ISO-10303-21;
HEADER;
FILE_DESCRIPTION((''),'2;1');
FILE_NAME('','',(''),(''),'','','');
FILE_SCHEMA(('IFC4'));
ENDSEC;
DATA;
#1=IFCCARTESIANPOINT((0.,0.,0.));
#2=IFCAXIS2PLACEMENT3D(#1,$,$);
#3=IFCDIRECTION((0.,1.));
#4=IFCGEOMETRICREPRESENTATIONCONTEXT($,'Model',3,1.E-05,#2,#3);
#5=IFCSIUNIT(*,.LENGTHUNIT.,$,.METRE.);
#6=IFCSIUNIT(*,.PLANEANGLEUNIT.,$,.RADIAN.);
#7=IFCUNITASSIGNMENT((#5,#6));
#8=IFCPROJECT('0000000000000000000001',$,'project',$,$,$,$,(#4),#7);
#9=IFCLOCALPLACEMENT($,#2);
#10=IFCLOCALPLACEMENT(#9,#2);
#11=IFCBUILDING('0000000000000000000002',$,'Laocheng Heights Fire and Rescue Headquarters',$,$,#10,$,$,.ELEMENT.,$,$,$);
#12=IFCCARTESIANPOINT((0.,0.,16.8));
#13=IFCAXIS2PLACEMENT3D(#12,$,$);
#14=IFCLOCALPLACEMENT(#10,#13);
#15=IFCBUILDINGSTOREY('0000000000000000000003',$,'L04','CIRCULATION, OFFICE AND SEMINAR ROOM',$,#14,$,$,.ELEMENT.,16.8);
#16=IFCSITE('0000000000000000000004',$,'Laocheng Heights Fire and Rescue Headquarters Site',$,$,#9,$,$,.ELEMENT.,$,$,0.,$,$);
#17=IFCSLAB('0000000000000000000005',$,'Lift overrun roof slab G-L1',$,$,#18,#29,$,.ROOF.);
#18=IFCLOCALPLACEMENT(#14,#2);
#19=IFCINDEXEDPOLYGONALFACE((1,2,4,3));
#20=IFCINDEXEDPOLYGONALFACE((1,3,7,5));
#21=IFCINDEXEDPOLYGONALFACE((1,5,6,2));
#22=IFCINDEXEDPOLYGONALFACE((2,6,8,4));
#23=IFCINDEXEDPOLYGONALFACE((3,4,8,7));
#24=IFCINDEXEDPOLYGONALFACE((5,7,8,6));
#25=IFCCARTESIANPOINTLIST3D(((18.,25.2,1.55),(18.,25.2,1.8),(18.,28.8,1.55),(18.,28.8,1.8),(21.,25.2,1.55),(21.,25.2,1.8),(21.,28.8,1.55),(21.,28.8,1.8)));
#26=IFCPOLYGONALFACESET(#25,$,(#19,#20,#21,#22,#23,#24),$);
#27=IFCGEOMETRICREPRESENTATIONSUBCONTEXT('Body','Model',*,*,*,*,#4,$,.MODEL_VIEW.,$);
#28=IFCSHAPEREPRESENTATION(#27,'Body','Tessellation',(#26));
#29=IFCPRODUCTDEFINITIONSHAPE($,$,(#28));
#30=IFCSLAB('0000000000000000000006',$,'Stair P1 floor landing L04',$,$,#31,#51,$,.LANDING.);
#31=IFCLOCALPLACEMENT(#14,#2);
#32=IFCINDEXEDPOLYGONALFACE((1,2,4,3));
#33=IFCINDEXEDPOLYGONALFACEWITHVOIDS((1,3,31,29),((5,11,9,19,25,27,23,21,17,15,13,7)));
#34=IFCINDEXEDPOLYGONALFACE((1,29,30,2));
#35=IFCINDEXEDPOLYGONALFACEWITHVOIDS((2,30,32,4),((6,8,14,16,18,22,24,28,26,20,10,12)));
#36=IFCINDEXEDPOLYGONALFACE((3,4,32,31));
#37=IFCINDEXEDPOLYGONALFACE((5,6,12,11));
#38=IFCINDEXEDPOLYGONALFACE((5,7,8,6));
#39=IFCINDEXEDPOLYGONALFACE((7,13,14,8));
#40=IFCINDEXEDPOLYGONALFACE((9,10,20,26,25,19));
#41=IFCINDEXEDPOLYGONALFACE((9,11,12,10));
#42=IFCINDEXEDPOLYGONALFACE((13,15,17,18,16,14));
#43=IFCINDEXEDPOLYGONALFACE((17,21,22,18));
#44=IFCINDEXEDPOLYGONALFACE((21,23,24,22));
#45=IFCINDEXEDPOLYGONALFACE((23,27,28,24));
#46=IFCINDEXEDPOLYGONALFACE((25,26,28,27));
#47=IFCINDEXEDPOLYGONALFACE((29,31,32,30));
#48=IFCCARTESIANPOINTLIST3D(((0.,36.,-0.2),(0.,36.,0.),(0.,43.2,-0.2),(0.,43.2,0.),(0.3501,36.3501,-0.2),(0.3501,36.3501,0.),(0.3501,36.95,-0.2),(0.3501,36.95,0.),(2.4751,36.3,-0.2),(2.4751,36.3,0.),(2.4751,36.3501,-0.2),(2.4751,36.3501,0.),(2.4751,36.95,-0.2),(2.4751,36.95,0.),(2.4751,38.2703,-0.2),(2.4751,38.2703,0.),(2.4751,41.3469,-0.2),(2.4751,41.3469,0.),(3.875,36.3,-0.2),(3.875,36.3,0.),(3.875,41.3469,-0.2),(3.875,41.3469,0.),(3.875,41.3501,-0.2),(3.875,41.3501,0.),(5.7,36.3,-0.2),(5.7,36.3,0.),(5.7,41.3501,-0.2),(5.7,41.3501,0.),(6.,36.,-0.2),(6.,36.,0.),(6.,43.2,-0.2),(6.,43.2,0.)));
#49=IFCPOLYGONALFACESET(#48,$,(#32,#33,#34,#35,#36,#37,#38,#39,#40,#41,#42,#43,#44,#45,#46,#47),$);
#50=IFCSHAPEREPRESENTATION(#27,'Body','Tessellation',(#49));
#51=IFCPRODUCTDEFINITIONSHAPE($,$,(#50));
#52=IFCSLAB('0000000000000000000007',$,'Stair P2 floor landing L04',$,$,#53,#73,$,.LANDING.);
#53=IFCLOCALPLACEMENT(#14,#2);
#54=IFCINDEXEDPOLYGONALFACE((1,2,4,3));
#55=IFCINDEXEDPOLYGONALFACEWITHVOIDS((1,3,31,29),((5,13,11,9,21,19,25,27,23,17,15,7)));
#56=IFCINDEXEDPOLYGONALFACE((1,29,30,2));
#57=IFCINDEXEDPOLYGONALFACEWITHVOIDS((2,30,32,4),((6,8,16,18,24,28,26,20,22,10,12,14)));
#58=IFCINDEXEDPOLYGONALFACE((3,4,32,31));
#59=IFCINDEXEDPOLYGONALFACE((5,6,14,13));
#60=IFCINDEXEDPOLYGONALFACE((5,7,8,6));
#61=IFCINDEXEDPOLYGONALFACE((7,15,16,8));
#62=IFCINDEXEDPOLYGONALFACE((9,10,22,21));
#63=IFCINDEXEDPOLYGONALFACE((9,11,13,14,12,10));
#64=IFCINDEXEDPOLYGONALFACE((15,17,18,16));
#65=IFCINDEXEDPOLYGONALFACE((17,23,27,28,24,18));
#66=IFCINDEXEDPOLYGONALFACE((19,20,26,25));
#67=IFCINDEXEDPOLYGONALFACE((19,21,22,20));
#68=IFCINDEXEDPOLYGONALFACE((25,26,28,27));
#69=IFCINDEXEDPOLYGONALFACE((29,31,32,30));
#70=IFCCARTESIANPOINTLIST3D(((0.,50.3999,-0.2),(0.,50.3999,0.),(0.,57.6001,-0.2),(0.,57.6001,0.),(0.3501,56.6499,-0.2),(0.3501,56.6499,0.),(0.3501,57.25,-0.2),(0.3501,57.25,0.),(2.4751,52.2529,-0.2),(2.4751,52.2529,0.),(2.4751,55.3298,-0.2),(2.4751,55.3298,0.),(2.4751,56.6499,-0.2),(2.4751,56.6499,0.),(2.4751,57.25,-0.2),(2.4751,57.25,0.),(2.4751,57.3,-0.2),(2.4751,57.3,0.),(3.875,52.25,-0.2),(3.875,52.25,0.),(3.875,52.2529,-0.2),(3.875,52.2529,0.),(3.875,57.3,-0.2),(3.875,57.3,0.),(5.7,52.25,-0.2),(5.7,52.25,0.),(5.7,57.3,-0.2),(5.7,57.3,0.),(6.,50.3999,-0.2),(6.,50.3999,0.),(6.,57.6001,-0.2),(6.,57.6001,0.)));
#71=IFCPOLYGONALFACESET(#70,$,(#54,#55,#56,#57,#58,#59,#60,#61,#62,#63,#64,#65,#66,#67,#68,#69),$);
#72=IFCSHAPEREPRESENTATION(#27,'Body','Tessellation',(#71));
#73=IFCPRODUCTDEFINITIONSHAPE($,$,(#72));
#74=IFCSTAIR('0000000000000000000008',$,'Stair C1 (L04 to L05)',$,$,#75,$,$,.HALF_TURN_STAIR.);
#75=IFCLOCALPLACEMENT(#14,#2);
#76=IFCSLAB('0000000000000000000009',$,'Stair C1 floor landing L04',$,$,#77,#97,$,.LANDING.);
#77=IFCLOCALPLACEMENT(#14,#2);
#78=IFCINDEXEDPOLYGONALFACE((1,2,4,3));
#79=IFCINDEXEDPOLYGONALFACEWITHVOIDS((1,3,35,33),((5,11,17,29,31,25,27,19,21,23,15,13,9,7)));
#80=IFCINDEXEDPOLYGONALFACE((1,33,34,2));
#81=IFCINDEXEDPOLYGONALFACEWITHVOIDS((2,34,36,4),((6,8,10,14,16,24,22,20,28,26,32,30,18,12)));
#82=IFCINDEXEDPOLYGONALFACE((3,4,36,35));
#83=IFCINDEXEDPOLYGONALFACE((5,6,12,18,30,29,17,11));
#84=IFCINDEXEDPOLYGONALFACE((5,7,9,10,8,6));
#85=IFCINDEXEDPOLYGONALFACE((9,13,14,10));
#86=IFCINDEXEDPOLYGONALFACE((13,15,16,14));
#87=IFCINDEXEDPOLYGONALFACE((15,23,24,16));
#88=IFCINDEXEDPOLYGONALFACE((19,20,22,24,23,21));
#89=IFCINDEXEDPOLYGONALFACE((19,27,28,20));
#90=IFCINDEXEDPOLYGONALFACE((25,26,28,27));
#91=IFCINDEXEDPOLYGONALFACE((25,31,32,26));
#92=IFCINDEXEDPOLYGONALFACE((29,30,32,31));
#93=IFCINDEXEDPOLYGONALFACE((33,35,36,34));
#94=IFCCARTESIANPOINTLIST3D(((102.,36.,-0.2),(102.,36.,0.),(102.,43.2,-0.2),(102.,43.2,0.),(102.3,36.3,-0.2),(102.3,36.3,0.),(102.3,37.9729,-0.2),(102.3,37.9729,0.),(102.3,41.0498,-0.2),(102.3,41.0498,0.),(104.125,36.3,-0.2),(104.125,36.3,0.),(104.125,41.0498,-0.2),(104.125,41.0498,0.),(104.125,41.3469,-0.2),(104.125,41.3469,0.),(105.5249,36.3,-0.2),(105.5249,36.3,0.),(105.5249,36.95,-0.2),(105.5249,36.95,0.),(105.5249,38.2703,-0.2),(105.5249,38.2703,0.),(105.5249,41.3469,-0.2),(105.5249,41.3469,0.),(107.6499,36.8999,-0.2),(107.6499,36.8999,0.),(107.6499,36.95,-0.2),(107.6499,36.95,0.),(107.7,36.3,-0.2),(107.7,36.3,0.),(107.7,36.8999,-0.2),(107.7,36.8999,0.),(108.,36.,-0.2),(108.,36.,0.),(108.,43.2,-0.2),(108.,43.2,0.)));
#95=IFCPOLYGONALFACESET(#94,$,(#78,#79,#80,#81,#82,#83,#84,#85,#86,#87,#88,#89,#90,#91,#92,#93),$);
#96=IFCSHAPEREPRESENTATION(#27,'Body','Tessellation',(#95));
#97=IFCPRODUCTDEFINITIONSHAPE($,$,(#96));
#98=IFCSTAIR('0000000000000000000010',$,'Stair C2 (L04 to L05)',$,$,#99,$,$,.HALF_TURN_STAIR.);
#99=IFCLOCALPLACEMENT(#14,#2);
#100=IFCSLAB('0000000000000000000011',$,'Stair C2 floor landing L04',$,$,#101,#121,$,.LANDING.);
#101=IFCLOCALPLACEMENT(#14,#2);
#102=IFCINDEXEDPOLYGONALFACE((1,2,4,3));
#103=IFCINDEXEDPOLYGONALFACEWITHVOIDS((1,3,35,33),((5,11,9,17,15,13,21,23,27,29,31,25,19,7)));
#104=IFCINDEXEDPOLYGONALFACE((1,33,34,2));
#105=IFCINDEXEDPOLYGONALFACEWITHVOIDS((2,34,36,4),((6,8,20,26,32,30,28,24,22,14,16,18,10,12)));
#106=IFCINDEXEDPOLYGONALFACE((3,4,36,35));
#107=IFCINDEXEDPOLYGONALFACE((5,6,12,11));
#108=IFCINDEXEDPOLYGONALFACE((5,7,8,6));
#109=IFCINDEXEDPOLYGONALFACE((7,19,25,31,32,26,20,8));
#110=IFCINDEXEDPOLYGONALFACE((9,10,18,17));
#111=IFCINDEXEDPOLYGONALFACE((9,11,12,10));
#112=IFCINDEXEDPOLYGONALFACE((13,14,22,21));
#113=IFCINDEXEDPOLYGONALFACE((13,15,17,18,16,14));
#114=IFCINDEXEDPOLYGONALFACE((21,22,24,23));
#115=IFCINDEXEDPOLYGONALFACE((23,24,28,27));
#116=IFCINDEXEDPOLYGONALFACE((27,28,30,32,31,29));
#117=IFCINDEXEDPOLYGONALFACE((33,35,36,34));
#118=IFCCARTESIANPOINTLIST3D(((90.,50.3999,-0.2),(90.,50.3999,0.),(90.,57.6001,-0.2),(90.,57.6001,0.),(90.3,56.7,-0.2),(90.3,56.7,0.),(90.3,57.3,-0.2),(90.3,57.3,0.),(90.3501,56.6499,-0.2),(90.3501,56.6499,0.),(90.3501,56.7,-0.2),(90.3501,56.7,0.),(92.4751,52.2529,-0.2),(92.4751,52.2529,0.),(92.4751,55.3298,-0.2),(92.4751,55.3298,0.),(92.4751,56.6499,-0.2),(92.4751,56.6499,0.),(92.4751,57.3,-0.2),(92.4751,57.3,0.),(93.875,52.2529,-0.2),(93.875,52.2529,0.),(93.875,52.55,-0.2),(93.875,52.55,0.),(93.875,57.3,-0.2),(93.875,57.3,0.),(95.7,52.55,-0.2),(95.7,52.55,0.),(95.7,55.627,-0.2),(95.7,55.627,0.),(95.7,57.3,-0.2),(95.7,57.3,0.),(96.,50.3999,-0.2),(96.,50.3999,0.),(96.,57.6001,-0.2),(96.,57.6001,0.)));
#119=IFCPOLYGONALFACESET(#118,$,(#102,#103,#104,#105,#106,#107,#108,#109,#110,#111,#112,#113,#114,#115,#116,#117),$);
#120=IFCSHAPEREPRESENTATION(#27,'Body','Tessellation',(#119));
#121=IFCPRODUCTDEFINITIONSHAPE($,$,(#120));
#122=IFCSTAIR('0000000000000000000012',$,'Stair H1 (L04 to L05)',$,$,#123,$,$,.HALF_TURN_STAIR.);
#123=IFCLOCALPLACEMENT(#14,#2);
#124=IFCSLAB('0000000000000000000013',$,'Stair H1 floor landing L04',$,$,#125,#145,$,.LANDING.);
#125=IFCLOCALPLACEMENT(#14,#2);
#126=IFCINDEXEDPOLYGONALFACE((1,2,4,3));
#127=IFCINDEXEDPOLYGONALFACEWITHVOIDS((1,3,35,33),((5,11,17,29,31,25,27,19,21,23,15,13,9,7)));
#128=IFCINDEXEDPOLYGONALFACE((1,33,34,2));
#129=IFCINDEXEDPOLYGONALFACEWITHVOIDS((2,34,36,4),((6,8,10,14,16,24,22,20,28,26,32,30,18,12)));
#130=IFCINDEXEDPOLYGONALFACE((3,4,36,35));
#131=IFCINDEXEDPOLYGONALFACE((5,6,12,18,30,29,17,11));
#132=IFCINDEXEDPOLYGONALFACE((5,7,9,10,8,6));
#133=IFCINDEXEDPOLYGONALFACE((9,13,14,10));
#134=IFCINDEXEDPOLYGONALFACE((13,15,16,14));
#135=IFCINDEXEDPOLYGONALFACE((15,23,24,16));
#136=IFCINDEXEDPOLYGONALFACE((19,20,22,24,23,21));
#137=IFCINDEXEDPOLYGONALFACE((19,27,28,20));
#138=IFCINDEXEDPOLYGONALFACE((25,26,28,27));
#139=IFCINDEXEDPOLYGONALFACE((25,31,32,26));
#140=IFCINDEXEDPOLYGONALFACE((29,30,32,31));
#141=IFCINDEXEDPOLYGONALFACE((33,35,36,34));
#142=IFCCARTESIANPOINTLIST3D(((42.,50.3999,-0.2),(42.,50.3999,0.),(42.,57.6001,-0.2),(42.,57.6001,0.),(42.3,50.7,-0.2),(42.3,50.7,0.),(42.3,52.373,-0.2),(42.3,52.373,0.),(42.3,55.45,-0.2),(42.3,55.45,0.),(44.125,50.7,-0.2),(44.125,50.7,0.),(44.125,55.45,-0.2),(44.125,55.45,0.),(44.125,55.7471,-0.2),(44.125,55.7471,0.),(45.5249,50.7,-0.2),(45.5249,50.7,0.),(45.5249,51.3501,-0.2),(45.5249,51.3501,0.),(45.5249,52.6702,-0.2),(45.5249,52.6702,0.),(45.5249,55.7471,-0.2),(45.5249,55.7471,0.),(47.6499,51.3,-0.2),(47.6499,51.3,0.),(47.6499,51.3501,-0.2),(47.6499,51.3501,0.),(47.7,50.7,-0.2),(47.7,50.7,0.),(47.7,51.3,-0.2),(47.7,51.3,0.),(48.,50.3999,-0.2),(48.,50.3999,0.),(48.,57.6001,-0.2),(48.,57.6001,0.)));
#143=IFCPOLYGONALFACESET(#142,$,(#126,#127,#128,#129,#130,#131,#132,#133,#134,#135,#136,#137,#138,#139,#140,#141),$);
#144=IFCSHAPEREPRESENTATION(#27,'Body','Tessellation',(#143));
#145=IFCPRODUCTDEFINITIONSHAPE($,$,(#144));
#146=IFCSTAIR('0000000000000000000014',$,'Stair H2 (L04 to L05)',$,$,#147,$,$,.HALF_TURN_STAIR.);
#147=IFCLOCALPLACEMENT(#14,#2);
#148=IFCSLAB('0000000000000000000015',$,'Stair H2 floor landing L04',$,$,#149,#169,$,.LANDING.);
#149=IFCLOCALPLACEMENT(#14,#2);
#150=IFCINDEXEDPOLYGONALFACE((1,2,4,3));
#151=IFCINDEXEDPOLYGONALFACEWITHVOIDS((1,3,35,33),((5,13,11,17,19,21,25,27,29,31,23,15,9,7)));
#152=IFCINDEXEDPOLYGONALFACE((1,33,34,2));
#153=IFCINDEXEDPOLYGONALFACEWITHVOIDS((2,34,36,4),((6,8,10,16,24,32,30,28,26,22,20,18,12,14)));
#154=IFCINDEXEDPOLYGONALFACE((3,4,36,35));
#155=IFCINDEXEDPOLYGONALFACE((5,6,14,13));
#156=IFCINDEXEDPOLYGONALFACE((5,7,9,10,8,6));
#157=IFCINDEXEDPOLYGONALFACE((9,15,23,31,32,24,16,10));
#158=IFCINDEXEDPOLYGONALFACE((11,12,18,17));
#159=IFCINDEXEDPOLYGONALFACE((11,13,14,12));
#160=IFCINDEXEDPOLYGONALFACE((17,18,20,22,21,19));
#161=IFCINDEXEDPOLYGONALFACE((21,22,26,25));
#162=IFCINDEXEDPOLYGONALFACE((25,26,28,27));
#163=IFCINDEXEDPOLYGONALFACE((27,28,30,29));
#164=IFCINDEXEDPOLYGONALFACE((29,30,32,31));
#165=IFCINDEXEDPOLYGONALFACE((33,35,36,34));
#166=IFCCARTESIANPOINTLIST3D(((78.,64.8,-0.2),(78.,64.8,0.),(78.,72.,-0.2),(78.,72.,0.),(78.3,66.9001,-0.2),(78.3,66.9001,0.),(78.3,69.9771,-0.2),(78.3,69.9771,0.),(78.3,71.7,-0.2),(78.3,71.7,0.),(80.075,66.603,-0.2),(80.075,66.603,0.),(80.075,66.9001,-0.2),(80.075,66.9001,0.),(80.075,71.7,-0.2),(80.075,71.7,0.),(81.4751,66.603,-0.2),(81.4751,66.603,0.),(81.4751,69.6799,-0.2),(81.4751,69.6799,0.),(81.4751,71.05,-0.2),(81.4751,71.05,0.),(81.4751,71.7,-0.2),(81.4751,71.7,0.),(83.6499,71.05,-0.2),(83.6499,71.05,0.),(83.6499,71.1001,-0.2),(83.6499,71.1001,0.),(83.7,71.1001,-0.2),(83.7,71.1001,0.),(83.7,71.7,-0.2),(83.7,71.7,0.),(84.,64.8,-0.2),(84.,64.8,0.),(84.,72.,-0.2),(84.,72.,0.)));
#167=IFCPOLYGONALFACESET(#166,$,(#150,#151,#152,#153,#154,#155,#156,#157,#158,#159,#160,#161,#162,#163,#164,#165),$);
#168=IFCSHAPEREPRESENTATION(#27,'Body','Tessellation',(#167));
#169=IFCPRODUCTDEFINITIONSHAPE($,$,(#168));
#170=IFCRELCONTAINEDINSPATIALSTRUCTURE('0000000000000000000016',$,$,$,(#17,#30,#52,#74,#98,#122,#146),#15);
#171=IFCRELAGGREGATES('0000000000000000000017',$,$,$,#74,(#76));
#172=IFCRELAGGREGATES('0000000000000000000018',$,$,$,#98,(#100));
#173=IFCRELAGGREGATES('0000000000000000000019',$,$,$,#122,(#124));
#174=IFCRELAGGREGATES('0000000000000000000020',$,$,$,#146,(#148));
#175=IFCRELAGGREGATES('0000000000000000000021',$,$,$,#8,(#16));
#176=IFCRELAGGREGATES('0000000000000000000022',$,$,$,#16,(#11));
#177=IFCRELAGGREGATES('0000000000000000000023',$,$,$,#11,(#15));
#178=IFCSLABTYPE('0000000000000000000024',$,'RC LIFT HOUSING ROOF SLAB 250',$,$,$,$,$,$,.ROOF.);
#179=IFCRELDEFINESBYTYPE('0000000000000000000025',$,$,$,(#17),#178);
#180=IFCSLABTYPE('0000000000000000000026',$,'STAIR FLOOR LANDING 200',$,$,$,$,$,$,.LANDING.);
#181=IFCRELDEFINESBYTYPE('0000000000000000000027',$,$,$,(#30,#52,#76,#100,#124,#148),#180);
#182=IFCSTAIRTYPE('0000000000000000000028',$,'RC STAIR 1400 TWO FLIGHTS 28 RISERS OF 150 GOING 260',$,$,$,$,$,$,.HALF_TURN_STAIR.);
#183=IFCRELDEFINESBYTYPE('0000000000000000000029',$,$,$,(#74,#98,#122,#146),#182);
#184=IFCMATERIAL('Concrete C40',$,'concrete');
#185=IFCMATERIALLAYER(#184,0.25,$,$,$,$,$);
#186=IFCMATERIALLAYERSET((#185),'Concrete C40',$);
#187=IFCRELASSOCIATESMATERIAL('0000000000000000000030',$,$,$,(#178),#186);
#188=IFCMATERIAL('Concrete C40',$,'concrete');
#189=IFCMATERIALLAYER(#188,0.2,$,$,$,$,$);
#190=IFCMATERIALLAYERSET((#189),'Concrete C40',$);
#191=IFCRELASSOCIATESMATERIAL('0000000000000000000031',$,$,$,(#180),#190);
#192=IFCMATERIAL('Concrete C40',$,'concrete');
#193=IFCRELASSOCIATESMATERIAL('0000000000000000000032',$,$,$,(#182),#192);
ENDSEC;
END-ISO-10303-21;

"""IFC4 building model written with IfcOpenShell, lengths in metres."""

from ifc_helpers import new_model, si_unit, direction, frame, origin, place, context, subcontext, project, spatial, polyline, outline, extrude, material, layer, layer_set, type_object, element, aggregate, save


model = new_model("IFC4")

# Units and contexts
model_context = context("Model", 3, precision=1e-05, world=origin(), true_north=direction((0.0, 1.0)))
body_context = subcontext(model_context, "Body", "Model", "MODEL_VIEW")
ifc_project = project(units=[si_unit("LENGTHUNIT", "METRE"), si_unit("PLANEANGLEUNIT", "RADIAN")], contexts=[model_context])

# Site, building, storey
site_placement = place(None, origin())
site = spatial("IfcSite", under=ifc_project, at=site_placement, Name="Laocheng Heights Fire and Rescue Headquarters Site", CompositionType="ELEMENT", RefElevation=0.0)
building_placement = place(site_placement, origin())
building = spatial("IfcBuilding", under=site, at=building_placement, Name="Laocheng Heights Fire and Rescue Headquarters", CompositionType="ELEMENT")
storey_placement = place(building_placement, frame((0.0, 0.0, 16.8)))
storey = spatial("IfcBuildingStorey", under=building, at=storey_placement, Name="L04", Description="CIRCULATION, OFFICE AND SEMINAR ROOM", CompositionType="ELEMENT", Elevation=16.8)

# Slabs
ifc_material_1 = material(Name="Concrete C40", Category="concrete")
ifc_layer_1 = layer(ifc_material_1, 0.25)
ifc_layer_set_1 = layer_set([ifc_layer_1], Name="Concrete C40")
slab_type_1 = type_object("IfcSlabType", Name="RC LIFT HOUSING ROOF SLAB 250", PredefinedType="ROOF", material=ifc_layer_set_1)
slab_1_placement = place(storey_placement, frame((0.0, 0.0, 1.55)))
element("IfcSlab", 1, at=slab_1_placement, inside=storey, type_object=slab_type_1, Name="Lift overrun roof slab G-L1", PredefinedType="ROOF", context=body_context, shape_type="SweptSolid", body=[
    extrude(outline(polyline([(18.0, 25.2), (21.0, 25.2), (21.0, 28.8), (18.0, 28.8), (18.0, 25.2)])), origin(), (0.0, 0.0, 1.0), 0.25),
])
ifc_material_2 = material(Name="Concrete C40", Category="concrete")
ifc_layer_2 = layer(ifc_material_2, 0.2)
ifc_layer_set_2 = layer_set([ifc_layer_2], Name="Concrete C40")
slab_type_2 = type_object("IfcSlabType", Name="STAIR FLOOR LANDING 200", PredefinedType="LANDING", material=ifc_layer_set_2)
slab_2_placement = place(storey_placement, frame((0.0, 0.0, -0.2)))
element("IfcSlab", 2, at=slab_2_placement, inside=storey, type_object=slab_type_2, Name="Stair P1 floor landing L04", PredefinedType="LANDING", context=body_context, shape_type="SweptSolid", body=[
    extrude(outline(polyline([(0.0, 43.2), (6.0, 43.2), (6.0, 36.0), (0.0, 36.0), (0.0, 43.2)]), holes=[polyline([(3.875, 36.3), (5.7, 36.3), (5.7, 41.3501), (3.875, 41.3501), (3.875, 41.3469), (2.4751, 41.3469), (2.4751, 38.2703), (2.4751, 36.95), (0.3501, 36.95), (0.3501, 36.3501), (2.4751, 36.3501), (2.4751, 36.3), (3.875, 36.3)])]), origin(), (0.0, 0.0, 1.0), 0.2),
])
slab_3_placement = place(storey_placement, frame((0.0, 0.0, -0.2)))
element("IfcSlab", 3, at=slab_3_placement, inside=storey, type_object=slab_type_2, Name="Stair P2 floor landing L04", PredefinedType="LANDING", context=body_context, shape_type="SweptSolid", body=[
    extrude(outline(polyline([(0.0, 57.6001), (6.0, 57.6001), (6.0, 50.3999), (0.0, 50.3999), (0.0, 57.6001)]), holes=[polyline([(3.875, 52.25), (5.7, 52.25), (5.7, 57.3), (3.875, 57.3), (2.4751, 57.3), (2.4751, 57.25), (0.3501, 57.25), (0.3501, 56.6499), (2.4751, 56.6499), (2.4751, 55.3298), (2.4751, 52.2529), (3.875, 52.2529), (3.875, 52.25)])]), origin(), (0.0, 0.0, 1.0), 0.2),
])

# Stairs, slabs
ifc_material_3 = material(Name="Concrete C40", Category="concrete")
stair_type_1 = type_object("IfcStairType", Name="RC STAIR 1400 TWO FLIGHTS 28 RISERS OF 150 GOING 260", PredefinedType="HALF_TURN_STAIR", material=ifc_material_3)
stair_1_placement = place(storey_placement, origin())
stair_1 = element("IfcStair", 4, at=stair_1_placement, inside=storey, type_object=stair_type_1, Name="Stair C1 (L04 to L05)", PredefinedType="HALF_TURN_STAIR")
slab_4_placement = place(storey_placement, frame((0.0, 0.0, -0.2)))
slab_4 = element("IfcSlab", 5, at=slab_4_placement, type_object=slab_type_2, Name="Stair C1 floor landing L04", PredefinedType="LANDING", context=body_context, shape_type="SweptSolid", body=[
    extrude(outline(polyline([(102.0, 43.2), (108.0, 43.2), (108.0, 36.0), (102.0, 36.0), (102.0, 43.2)]), holes=[polyline([(105.5249, 36.3), (107.7, 36.3), (107.7, 36.8999), (107.6499, 36.8999), (107.6499, 36.95), (105.5249, 36.95), (105.5249, 38.2703), (105.5249, 41.3469), (104.125, 41.3469), (104.125, 41.0498), (102.3, 41.0498), (102.3, 37.9729), (102.3, 36.3), (104.125, 36.3), (105.5249, 36.3)])]), origin(), (0.0, 0.0, 1.0), 0.2),
])
stair_2_placement = place(storey_placement, origin())
stair_2 = element("IfcStair", 6, at=stair_2_placement, inside=storey, type_object=stair_type_1, Name="Stair C2 (L04 to L05)", PredefinedType="HALF_TURN_STAIR")
slab_5_placement = place(storey_placement, frame((0.0, 0.0, -0.2)))
slab_5 = element("IfcSlab", 7, at=slab_5_placement, type_object=slab_type_2, Name="Stair C2 floor landing L04", PredefinedType="LANDING", context=body_context, shape_type="SweptSolid", body=[
    extrude(outline(polyline([(90.0, 57.6001), (96.0, 57.6001), (96.0, 50.3999), (90.0, 50.3999), (90.0, 57.6001)]), holes=[polyline([(92.4751, 57.3), (90.3, 57.3), (90.3, 56.7), (90.3501, 56.7), (90.3501, 56.6499), (92.4751, 56.6499), (92.4751, 55.3298), (92.4751, 52.2529), (93.875, 52.2529), (93.875, 52.55), (95.7, 52.55), (95.7, 55.627), (95.7, 57.3), (93.875, 57.3), (92.4751, 57.3)])]), origin(), (0.0, 0.0, 1.0), 0.2),
])
stair_3_placement = place(storey_placement, origin())
stair_3 = element("IfcStair", 8, at=stair_3_placement, inside=storey, type_object=stair_type_1, Name="Stair H1 (L04 to L05)", PredefinedType="HALF_TURN_STAIR")
slab_6_placement = place(storey_placement, frame((0.0, 0.0, -0.2)))
slab_6 = element("IfcSlab", 9, at=slab_6_placement, type_object=slab_type_2, Name="Stair H1 floor landing L04", PredefinedType="LANDING", context=body_context, shape_type="SweptSolid", body=[
    extrude(outline(polyline([(42.0, 57.6001), (48.0, 57.6001), (48.0, 50.3999), (42.0, 50.3999), (42.0, 57.6001)]), holes=[polyline([(45.5249, 50.7), (47.7, 50.7), (47.7, 51.3), (47.6499, 51.3), (47.6499, 51.3501), (45.5249, 51.3501), (45.5249, 52.6702), (45.5249, 55.7471), (44.125, 55.7471), (44.125, 55.45), (42.3, 55.45), (42.3, 52.373), (42.3, 50.7), (44.125, 50.7), (45.5249, 50.7)])]), origin(), (0.0, 0.0, 1.0), 0.2),
])
stair_4_placement = place(storey_placement, origin())
stair_4 = element("IfcStair", 10, at=stair_4_placement, inside=storey, type_object=stair_type_1, Name="Stair H2 (L04 to L05)", PredefinedType="HALF_TURN_STAIR")
slab_7_placement = place(storey_placement, frame((0.0, 0.0, -0.2)))
slab_7 = element("IfcSlab", 11, at=slab_7_placement, type_object=slab_type_2, Name="Stair H2 floor landing L04", PredefinedType="LANDING", context=body_context, shape_type="SweptSolid", body=[
    extrude(outline(polyline([(78.0, 72.0), (84.0, 72.0), (84.0, 64.8), (78.0, 64.8), (78.0, 72.0)]), holes=[polyline([(80.075, 66.9001), (80.075, 66.603), (81.4751, 66.603), (81.4751, 69.6799), (81.4751, 71.05), (83.6499, 71.05), (83.6499, 71.1001), (83.7, 71.1001), (83.7, 71.7), (81.4751, 71.7), (80.075, 71.7), (78.3, 71.7), (78.3, 69.9771), (78.3, 66.9001), (80.075, 66.9001)])]), origin(), (0.0, 0.0, 1.0), 0.2),
])

aggregate(stair_1, [slab_4])
aggregate(stair_2, [slab_5])
aggregate(stair_3, [slab_6])
aggregate(stair_4, [slab_7])

save(model, "model.ifc")
